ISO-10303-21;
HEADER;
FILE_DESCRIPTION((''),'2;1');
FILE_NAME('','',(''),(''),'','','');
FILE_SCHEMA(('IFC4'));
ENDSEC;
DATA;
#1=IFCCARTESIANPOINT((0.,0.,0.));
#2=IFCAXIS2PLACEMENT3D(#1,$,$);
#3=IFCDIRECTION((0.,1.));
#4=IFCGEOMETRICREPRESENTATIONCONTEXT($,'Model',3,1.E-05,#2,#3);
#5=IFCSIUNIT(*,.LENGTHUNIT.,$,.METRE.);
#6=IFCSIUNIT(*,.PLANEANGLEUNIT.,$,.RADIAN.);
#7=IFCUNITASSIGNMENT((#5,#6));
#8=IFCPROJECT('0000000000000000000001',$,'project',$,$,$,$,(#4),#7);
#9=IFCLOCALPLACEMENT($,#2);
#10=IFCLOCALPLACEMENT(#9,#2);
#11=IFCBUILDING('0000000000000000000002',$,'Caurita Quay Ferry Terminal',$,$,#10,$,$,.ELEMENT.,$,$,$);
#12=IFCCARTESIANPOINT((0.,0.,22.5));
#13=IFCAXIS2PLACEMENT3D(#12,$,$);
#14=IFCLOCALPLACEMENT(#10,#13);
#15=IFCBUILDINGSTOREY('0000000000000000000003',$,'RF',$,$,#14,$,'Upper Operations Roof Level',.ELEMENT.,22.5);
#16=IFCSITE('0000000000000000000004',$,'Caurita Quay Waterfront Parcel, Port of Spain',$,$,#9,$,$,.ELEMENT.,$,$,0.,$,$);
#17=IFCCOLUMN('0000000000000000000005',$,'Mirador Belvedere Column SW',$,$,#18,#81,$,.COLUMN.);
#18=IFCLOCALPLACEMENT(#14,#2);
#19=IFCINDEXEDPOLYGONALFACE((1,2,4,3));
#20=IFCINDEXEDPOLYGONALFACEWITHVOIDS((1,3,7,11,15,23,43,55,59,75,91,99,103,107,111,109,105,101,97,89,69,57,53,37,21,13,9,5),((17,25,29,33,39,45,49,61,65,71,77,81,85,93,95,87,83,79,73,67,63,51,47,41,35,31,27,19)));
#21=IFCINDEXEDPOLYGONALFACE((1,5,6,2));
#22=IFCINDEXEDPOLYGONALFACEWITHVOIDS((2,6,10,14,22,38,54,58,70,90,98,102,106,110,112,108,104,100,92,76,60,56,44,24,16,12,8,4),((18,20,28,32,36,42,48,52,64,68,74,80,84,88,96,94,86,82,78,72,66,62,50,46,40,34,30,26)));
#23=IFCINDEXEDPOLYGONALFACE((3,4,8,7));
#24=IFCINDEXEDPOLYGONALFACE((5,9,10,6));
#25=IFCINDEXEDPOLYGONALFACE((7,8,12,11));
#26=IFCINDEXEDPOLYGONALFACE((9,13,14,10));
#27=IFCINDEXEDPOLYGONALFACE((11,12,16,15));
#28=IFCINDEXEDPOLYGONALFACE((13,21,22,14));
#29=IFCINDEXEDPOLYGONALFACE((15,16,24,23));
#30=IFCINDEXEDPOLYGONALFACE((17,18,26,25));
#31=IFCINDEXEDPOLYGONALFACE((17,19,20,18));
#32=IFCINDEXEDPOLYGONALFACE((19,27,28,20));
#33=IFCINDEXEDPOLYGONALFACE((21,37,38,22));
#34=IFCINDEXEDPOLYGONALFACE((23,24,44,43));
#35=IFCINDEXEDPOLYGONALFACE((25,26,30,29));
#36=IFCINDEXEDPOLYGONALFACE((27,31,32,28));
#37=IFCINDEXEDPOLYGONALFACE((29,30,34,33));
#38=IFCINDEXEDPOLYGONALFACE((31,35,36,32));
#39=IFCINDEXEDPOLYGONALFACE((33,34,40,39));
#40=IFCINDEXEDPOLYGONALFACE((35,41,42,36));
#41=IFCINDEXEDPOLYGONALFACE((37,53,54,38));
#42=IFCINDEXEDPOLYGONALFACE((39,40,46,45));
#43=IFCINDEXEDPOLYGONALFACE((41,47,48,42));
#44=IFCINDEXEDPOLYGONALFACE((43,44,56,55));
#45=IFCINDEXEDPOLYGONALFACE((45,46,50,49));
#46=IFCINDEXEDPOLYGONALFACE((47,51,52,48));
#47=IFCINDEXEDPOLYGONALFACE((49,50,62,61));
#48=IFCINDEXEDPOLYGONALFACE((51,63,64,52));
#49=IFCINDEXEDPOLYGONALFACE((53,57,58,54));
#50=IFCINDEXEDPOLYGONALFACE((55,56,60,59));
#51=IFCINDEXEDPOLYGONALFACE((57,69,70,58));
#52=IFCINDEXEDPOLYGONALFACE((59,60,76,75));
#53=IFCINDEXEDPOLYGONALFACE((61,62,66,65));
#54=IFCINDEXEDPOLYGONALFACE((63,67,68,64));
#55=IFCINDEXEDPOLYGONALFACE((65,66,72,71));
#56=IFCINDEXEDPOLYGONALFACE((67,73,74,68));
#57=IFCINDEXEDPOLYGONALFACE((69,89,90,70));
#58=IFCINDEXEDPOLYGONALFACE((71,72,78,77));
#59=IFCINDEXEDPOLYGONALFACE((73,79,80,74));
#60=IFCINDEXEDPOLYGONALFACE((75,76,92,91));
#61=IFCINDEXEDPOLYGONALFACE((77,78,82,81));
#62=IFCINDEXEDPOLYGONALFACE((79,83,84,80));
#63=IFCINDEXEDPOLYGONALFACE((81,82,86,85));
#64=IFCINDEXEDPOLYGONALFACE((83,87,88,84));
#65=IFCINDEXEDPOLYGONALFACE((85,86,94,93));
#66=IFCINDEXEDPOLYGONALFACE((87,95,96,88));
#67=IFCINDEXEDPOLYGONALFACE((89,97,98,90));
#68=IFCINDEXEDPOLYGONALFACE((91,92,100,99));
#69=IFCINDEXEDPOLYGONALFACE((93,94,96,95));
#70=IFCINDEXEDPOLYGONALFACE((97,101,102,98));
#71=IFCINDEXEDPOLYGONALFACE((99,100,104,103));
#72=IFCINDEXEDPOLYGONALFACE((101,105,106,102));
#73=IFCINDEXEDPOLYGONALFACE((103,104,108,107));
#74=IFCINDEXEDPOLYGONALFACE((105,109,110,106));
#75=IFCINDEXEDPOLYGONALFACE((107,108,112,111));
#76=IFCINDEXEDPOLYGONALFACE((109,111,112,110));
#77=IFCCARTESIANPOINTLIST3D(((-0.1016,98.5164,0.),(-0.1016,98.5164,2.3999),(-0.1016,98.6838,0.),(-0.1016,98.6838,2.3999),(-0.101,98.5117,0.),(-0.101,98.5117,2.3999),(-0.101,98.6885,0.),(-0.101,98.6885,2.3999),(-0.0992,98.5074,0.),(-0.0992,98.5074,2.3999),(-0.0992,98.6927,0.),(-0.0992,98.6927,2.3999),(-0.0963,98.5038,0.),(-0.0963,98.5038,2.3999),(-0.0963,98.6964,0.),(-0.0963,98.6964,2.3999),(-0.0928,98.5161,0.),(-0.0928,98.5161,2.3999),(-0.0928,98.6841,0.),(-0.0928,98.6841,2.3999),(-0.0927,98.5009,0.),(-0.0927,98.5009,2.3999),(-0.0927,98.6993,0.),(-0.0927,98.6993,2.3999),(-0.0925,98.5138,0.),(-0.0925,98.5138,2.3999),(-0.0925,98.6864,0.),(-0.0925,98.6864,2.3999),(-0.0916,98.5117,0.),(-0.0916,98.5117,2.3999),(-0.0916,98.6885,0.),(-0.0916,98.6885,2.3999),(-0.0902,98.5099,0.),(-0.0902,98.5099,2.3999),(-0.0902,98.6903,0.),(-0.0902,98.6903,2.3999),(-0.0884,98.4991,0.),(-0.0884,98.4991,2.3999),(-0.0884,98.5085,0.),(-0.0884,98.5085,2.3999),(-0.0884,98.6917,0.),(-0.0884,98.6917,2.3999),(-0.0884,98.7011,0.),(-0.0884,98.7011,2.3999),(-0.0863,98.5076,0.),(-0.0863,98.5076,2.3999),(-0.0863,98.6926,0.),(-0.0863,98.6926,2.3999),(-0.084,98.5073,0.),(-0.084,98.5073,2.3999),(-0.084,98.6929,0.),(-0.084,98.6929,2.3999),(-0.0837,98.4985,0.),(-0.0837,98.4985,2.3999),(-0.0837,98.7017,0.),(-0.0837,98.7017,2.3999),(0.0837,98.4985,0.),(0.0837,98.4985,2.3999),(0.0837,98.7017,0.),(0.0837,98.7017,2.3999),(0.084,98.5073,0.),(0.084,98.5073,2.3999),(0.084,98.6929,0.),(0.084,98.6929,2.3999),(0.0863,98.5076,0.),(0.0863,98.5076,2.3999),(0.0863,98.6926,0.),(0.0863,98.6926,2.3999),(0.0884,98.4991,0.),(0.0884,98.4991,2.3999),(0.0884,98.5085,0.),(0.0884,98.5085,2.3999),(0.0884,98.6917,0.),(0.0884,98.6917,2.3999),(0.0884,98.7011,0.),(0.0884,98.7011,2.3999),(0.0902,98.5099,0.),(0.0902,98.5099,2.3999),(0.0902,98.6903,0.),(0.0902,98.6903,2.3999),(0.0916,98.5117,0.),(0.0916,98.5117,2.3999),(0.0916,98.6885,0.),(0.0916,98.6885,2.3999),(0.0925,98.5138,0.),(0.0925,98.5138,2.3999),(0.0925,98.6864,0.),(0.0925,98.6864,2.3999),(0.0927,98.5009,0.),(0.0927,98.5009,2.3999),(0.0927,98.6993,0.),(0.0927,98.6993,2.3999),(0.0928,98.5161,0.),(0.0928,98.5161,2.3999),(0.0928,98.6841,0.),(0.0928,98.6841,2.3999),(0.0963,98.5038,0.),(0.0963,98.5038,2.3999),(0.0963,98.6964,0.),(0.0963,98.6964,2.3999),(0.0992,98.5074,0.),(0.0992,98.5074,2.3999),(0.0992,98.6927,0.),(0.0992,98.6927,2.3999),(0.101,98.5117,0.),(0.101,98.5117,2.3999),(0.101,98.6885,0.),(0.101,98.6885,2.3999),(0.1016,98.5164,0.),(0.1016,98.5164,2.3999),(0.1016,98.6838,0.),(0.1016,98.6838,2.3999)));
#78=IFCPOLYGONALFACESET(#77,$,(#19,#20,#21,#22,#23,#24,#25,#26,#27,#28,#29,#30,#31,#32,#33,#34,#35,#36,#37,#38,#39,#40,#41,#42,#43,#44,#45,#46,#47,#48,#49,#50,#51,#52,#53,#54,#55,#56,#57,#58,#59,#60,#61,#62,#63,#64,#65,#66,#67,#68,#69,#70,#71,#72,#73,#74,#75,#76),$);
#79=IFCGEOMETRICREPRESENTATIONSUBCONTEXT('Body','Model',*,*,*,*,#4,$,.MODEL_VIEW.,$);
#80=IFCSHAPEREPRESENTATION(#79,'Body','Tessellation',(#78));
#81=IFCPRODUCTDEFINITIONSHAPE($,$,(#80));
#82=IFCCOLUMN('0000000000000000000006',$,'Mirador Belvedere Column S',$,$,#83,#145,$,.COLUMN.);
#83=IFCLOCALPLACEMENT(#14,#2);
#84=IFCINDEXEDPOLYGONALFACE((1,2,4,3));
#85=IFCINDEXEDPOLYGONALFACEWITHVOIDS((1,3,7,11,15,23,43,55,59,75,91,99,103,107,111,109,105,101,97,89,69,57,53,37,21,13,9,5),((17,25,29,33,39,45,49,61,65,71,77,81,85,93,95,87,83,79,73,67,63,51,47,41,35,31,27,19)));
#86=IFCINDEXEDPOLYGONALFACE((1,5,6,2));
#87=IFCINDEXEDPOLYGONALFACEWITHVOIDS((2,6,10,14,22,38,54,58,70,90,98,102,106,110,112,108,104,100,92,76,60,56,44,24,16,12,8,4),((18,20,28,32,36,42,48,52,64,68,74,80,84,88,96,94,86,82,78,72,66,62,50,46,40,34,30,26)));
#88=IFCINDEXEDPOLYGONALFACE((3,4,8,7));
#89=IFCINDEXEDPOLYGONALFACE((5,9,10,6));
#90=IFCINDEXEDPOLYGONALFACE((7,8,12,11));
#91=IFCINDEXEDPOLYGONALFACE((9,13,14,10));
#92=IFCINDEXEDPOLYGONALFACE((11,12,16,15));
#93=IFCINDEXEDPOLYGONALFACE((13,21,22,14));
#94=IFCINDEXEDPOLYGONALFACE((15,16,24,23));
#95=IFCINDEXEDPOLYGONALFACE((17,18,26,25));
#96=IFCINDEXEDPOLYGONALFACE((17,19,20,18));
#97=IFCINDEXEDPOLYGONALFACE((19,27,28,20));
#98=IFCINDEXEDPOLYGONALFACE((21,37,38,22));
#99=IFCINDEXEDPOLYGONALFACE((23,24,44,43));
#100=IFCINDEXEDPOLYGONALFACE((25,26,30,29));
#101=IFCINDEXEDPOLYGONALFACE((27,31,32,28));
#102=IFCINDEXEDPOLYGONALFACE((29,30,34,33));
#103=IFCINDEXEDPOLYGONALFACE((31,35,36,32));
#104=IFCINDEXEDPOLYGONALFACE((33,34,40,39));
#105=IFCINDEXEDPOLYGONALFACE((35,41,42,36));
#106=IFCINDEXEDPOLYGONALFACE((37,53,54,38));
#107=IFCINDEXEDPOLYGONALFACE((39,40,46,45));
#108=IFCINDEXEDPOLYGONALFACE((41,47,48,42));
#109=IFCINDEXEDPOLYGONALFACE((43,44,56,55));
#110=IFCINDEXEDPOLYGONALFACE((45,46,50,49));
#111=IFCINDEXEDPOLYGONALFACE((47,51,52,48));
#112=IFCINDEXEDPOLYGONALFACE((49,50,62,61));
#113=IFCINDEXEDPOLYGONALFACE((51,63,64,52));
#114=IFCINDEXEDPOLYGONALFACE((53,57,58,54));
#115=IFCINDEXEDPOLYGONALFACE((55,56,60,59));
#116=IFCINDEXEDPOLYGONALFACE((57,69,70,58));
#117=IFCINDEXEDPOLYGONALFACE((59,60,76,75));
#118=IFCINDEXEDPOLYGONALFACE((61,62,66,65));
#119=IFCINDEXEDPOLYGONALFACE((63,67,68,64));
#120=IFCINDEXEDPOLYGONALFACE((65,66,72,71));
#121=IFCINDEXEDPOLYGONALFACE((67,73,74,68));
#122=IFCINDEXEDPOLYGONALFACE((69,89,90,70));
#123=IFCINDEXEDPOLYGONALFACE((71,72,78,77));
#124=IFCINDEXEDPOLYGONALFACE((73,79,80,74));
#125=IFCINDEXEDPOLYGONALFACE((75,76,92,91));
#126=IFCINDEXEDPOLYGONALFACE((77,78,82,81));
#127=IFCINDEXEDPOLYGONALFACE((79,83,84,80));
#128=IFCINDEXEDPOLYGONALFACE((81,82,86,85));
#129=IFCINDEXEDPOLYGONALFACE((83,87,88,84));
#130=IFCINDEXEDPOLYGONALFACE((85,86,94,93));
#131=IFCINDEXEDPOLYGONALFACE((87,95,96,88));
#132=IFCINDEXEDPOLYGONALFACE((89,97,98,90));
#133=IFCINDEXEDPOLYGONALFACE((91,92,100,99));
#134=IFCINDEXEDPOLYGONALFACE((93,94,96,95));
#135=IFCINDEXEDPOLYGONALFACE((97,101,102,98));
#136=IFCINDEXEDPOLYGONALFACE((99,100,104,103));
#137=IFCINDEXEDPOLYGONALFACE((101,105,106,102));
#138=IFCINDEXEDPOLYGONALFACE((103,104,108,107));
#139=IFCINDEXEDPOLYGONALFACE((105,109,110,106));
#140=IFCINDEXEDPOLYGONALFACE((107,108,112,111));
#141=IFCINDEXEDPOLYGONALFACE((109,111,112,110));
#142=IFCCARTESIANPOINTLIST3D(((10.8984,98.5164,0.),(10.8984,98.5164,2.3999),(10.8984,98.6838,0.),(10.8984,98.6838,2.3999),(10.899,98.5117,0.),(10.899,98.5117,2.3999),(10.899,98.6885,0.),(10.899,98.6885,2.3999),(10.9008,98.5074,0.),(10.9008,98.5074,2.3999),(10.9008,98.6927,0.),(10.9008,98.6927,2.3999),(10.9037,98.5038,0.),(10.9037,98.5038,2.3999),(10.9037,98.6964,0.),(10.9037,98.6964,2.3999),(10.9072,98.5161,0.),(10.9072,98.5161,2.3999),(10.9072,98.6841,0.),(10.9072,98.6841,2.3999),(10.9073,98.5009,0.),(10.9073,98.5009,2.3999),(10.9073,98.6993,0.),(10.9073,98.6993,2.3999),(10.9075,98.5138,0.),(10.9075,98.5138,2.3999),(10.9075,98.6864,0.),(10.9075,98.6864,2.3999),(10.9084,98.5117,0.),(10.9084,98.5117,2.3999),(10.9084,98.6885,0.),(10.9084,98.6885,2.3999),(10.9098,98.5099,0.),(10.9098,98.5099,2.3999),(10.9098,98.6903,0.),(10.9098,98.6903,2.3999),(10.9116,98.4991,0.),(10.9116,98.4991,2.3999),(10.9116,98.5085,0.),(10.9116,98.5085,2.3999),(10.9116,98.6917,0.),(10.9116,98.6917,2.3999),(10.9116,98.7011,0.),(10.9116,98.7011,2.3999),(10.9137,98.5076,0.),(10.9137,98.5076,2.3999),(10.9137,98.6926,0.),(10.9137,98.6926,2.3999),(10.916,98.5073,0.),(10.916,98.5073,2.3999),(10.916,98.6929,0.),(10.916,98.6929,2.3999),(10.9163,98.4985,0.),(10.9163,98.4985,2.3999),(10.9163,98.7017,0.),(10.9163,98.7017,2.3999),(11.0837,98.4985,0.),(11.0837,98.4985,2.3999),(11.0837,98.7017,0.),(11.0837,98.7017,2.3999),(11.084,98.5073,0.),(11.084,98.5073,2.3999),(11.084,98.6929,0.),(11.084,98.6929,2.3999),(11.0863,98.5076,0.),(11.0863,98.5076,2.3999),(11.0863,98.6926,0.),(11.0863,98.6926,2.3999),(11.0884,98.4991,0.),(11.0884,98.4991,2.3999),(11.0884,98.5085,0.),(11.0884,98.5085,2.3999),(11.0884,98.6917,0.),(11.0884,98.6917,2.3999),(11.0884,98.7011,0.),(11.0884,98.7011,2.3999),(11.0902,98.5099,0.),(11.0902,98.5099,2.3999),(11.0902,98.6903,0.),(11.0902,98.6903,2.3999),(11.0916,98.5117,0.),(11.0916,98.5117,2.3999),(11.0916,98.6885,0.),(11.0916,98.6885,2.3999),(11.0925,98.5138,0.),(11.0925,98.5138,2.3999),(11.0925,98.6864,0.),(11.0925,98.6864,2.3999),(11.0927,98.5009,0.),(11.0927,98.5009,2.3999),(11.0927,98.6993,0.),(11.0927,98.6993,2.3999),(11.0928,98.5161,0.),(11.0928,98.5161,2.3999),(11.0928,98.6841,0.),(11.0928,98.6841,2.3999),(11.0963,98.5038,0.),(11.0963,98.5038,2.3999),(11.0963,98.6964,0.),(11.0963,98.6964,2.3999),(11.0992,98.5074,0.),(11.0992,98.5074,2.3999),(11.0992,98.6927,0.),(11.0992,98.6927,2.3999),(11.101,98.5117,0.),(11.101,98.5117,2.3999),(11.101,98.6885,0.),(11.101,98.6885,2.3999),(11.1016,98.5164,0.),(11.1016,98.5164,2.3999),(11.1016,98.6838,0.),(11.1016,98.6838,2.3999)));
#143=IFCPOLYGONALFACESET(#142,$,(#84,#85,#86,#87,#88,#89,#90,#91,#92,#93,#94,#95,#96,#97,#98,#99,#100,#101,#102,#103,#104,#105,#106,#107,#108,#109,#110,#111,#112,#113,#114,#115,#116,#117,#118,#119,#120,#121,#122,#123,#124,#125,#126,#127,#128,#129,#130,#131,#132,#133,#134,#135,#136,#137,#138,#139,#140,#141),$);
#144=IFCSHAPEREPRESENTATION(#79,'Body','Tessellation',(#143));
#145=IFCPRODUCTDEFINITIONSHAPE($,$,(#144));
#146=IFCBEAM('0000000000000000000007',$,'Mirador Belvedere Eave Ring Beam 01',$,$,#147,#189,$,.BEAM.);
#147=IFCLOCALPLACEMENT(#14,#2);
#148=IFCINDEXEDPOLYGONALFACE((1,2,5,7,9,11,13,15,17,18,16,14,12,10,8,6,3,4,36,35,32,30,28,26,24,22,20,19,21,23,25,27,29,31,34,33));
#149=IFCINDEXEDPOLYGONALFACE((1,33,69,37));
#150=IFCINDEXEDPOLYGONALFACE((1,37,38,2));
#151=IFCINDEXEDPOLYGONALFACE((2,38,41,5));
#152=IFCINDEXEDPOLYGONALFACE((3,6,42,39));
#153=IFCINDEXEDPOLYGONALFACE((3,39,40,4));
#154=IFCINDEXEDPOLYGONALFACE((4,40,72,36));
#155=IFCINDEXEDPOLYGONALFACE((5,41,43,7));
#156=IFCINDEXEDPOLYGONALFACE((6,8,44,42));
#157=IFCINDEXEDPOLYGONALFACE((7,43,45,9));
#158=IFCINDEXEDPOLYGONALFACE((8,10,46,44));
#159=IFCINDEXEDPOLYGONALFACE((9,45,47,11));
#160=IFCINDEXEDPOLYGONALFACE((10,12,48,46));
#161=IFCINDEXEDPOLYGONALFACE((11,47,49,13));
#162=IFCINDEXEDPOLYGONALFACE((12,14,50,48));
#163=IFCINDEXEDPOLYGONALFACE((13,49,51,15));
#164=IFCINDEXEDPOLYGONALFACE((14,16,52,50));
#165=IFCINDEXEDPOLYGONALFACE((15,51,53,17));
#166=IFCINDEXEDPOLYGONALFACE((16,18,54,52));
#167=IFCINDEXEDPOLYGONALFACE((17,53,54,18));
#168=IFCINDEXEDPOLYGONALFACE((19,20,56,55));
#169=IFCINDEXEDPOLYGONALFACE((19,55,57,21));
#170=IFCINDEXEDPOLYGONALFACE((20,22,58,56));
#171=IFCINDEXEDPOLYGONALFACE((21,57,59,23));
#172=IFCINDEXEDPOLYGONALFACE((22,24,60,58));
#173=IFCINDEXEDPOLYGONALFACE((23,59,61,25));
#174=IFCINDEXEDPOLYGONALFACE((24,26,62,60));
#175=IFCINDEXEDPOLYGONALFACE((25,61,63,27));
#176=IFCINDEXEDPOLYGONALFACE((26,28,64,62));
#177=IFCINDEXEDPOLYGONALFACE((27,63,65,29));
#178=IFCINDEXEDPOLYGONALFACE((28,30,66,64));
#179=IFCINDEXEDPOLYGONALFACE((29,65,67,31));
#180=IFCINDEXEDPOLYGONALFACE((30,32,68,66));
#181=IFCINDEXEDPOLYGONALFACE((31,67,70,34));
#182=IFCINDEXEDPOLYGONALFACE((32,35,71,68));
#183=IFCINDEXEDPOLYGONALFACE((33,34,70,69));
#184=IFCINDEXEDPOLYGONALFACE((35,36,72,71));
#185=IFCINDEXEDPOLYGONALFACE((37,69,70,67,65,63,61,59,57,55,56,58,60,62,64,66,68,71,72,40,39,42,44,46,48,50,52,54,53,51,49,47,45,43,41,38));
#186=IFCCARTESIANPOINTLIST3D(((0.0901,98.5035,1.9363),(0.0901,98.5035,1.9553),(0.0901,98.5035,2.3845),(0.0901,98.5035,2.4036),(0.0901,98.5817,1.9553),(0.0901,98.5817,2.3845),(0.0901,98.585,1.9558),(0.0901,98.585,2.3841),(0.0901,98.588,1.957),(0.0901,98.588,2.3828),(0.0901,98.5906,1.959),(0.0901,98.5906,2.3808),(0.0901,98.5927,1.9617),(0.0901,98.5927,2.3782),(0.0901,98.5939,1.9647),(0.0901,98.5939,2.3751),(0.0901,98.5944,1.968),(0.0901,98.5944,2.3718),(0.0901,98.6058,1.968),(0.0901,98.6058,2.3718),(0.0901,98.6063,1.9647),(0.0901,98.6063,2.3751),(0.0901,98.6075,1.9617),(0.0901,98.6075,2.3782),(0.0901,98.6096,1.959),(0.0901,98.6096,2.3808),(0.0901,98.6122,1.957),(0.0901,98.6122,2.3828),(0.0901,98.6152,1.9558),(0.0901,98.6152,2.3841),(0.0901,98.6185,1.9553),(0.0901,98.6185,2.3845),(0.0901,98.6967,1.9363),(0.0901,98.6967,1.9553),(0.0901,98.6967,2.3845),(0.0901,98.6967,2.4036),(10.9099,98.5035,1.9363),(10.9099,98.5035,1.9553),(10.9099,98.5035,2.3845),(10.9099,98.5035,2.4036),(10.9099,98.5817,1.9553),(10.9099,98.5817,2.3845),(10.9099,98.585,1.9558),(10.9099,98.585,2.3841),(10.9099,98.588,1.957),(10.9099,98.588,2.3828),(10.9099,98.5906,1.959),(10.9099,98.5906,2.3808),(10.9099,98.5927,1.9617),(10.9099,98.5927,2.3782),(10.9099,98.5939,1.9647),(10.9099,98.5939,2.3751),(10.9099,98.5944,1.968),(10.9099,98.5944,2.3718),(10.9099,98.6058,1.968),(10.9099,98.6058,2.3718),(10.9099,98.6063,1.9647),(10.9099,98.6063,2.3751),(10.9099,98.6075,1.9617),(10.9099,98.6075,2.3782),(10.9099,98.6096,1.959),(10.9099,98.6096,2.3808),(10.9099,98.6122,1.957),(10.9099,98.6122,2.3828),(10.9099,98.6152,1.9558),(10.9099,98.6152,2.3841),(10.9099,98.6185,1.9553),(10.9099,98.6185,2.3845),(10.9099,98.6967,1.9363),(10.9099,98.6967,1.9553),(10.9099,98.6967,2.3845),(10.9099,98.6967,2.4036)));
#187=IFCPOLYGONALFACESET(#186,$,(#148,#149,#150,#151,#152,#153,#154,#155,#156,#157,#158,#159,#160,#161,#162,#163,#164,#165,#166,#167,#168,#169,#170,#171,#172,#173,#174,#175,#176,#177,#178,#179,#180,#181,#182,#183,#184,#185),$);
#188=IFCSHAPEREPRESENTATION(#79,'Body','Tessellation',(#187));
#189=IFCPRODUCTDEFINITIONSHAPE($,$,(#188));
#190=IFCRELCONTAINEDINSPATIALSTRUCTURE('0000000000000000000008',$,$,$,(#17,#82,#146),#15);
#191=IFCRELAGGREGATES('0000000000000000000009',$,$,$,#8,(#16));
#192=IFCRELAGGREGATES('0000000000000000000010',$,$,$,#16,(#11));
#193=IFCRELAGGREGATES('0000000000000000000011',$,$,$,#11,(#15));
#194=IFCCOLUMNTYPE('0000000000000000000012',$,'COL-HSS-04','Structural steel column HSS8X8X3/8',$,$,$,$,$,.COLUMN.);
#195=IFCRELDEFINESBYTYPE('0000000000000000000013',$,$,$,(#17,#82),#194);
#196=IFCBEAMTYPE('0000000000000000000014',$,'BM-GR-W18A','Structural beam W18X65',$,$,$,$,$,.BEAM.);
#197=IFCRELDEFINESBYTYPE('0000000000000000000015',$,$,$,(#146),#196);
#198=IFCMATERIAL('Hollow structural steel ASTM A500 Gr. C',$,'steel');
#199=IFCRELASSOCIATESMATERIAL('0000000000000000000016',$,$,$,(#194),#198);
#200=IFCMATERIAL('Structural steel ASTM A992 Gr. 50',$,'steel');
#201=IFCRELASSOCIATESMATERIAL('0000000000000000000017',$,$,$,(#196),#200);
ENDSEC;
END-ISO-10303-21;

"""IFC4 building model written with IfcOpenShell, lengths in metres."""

from ifc_helpers import new_model, si_unit, direction, frame, origin, origin_2d, place, context, subcontext, project, spatial, hollow_rectangle, i_section, extrude, material, material_profile, profile_set, type_object, element, save


model = new_model("IFC4")

# Units and contexts
model_context = context("Model", 3, precision=1e-05, world=origin(), true_north=direction((0.0, 1.0)))
body_context = subcontext(model_context, "Body", "Model", "MODEL_VIEW")
ifc_project = project(units=[si_unit("LENGTHUNIT", "METRE"), si_unit("PLANEANGLEUNIT", "RADIAN")], contexts=[model_context])

# Site, building, storey
site_placement = place(None, origin())
site = spatial("IfcSite", under=ifc_project, at=site_placement, Name="Caurita Quay Waterfront Parcel, Port of Spain", CompositionType="ELEMENT", RefElevation=0.0)
building_placement = place(site_placement, origin())
building = spatial("IfcBuilding", under=site, at=building_placement, Name="Caurita Quay Ferry Terminal", CompositionType="ELEMENT")
storey_placement = place(building_placement, frame((0.0, 0.0, 22.5)))
storey = spatial("IfcBuildingStorey", under=building, at=storey_placement, Name="RF", LongName="Upper Operations Roof Level", CompositionType="ELEMENT", Elevation=22.5)

# Columns
ifc_material_1 = material(Name="Hollow structural steel ASTM A500 Gr. C", Category="steel")
ifc_material_profile_1 = material_profile(ifc_material_1, hollow_rectangle(XDim=0.2031, YDim=0.2031, WallThickness=0.0088, InnerFilletRadius=0.0088, OuterFilletRadius=0.0178, at=origin_2d()), Name="HSS8X8X3/8")
ifc_profile_set_1 = profile_set([ifc_material_profile_1], Name="Hollow structural steel ASTM A500 Gr. C")
column_type = type_object("IfcColumnType", Name="COL-HSS-04", Description="Structural steel column HSS8X8X3/8", PredefinedType="COLUMN", material=ifc_profile_set_1)
for number, where, z_axis, x_axis, name in (
    (1, (0.0, 98.6001, 0.0), (0.0, 0.0, 1.0), (1.0, 0.0, 0.0), "Mirador Belvedere Column SW"),
    (2, (11.0, 98.6001, 0.0), (0.0, 0.0, 1.0), (1.0, 0.0, 0.0), "Mirador Belvedere Column S"),
):
    element("IfcColumn", number, at=place(storey_placement, frame(where, z_axis=z_axis, x_axis=x_axis)), inside=storey, type_object=column_type, Name=name, PredefinedType="COLUMN", context=body_context, shape_type="SweptSolid", body=[
        extrude(hollow_rectangle(XDim=0.2031, YDim=0.2031, WallThickness=0.0088, InnerFilletRadius=0.0088, OuterFilletRadius=0.0178, at=origin_2d()), origin(), (0.0, 0.0, 1.0), 2.3999),
    ])

# Beam
ifc_material_2 = material(Name="Structural steel ASTM A992 Gr. 50", Category="steel")
ifc_material_profile_2 = material_profile(ifc_material_2, i_section(OverallWidth=0.1931, OverallDepth=0.4673, WebThickness=0.0115, FlangeThickness=0.019, FilletRadius=0.0127, at=origin_2d()), Name="W18X65")
ifc_profile_set_2 = profile_set([ifc_material_profile_2], Name="Structural steel ASTM A992 Gr. 50")
beam_type_1 = type_object("IfcBeamType", Name="BM-GR-W18A", Description="Structural beam W18X65", PredefinedType="BEAM", material=ifc_profile_set_2)
beam_1_placement = place(storey_placement, frame((0.0901, 98.6001, 2.1699), z_axis=(1.0, 0.0, 0.0), x_axis=(0.0, 1.0, 0.0)))
element("IfcBeam", 3, at=beam_1_placement, inside=storey, type_object=beam_type_1, Name="Mirador Belvedere Eave Ring Beam 01", PredefinedType="BEAM", context=body_context, shape_type="SweptSolid", body=[
    extrude(i_section(OverallWidth=0.1931, OverallDepth=0.4673, WebThickness=0.0115, FlangeThickness=0.019, FilletRadius=0.0127, at=origin_2d()), origin(), (0.0, 0.0, 1.0), 10.8198),
])

save(model, "model.ifc")
